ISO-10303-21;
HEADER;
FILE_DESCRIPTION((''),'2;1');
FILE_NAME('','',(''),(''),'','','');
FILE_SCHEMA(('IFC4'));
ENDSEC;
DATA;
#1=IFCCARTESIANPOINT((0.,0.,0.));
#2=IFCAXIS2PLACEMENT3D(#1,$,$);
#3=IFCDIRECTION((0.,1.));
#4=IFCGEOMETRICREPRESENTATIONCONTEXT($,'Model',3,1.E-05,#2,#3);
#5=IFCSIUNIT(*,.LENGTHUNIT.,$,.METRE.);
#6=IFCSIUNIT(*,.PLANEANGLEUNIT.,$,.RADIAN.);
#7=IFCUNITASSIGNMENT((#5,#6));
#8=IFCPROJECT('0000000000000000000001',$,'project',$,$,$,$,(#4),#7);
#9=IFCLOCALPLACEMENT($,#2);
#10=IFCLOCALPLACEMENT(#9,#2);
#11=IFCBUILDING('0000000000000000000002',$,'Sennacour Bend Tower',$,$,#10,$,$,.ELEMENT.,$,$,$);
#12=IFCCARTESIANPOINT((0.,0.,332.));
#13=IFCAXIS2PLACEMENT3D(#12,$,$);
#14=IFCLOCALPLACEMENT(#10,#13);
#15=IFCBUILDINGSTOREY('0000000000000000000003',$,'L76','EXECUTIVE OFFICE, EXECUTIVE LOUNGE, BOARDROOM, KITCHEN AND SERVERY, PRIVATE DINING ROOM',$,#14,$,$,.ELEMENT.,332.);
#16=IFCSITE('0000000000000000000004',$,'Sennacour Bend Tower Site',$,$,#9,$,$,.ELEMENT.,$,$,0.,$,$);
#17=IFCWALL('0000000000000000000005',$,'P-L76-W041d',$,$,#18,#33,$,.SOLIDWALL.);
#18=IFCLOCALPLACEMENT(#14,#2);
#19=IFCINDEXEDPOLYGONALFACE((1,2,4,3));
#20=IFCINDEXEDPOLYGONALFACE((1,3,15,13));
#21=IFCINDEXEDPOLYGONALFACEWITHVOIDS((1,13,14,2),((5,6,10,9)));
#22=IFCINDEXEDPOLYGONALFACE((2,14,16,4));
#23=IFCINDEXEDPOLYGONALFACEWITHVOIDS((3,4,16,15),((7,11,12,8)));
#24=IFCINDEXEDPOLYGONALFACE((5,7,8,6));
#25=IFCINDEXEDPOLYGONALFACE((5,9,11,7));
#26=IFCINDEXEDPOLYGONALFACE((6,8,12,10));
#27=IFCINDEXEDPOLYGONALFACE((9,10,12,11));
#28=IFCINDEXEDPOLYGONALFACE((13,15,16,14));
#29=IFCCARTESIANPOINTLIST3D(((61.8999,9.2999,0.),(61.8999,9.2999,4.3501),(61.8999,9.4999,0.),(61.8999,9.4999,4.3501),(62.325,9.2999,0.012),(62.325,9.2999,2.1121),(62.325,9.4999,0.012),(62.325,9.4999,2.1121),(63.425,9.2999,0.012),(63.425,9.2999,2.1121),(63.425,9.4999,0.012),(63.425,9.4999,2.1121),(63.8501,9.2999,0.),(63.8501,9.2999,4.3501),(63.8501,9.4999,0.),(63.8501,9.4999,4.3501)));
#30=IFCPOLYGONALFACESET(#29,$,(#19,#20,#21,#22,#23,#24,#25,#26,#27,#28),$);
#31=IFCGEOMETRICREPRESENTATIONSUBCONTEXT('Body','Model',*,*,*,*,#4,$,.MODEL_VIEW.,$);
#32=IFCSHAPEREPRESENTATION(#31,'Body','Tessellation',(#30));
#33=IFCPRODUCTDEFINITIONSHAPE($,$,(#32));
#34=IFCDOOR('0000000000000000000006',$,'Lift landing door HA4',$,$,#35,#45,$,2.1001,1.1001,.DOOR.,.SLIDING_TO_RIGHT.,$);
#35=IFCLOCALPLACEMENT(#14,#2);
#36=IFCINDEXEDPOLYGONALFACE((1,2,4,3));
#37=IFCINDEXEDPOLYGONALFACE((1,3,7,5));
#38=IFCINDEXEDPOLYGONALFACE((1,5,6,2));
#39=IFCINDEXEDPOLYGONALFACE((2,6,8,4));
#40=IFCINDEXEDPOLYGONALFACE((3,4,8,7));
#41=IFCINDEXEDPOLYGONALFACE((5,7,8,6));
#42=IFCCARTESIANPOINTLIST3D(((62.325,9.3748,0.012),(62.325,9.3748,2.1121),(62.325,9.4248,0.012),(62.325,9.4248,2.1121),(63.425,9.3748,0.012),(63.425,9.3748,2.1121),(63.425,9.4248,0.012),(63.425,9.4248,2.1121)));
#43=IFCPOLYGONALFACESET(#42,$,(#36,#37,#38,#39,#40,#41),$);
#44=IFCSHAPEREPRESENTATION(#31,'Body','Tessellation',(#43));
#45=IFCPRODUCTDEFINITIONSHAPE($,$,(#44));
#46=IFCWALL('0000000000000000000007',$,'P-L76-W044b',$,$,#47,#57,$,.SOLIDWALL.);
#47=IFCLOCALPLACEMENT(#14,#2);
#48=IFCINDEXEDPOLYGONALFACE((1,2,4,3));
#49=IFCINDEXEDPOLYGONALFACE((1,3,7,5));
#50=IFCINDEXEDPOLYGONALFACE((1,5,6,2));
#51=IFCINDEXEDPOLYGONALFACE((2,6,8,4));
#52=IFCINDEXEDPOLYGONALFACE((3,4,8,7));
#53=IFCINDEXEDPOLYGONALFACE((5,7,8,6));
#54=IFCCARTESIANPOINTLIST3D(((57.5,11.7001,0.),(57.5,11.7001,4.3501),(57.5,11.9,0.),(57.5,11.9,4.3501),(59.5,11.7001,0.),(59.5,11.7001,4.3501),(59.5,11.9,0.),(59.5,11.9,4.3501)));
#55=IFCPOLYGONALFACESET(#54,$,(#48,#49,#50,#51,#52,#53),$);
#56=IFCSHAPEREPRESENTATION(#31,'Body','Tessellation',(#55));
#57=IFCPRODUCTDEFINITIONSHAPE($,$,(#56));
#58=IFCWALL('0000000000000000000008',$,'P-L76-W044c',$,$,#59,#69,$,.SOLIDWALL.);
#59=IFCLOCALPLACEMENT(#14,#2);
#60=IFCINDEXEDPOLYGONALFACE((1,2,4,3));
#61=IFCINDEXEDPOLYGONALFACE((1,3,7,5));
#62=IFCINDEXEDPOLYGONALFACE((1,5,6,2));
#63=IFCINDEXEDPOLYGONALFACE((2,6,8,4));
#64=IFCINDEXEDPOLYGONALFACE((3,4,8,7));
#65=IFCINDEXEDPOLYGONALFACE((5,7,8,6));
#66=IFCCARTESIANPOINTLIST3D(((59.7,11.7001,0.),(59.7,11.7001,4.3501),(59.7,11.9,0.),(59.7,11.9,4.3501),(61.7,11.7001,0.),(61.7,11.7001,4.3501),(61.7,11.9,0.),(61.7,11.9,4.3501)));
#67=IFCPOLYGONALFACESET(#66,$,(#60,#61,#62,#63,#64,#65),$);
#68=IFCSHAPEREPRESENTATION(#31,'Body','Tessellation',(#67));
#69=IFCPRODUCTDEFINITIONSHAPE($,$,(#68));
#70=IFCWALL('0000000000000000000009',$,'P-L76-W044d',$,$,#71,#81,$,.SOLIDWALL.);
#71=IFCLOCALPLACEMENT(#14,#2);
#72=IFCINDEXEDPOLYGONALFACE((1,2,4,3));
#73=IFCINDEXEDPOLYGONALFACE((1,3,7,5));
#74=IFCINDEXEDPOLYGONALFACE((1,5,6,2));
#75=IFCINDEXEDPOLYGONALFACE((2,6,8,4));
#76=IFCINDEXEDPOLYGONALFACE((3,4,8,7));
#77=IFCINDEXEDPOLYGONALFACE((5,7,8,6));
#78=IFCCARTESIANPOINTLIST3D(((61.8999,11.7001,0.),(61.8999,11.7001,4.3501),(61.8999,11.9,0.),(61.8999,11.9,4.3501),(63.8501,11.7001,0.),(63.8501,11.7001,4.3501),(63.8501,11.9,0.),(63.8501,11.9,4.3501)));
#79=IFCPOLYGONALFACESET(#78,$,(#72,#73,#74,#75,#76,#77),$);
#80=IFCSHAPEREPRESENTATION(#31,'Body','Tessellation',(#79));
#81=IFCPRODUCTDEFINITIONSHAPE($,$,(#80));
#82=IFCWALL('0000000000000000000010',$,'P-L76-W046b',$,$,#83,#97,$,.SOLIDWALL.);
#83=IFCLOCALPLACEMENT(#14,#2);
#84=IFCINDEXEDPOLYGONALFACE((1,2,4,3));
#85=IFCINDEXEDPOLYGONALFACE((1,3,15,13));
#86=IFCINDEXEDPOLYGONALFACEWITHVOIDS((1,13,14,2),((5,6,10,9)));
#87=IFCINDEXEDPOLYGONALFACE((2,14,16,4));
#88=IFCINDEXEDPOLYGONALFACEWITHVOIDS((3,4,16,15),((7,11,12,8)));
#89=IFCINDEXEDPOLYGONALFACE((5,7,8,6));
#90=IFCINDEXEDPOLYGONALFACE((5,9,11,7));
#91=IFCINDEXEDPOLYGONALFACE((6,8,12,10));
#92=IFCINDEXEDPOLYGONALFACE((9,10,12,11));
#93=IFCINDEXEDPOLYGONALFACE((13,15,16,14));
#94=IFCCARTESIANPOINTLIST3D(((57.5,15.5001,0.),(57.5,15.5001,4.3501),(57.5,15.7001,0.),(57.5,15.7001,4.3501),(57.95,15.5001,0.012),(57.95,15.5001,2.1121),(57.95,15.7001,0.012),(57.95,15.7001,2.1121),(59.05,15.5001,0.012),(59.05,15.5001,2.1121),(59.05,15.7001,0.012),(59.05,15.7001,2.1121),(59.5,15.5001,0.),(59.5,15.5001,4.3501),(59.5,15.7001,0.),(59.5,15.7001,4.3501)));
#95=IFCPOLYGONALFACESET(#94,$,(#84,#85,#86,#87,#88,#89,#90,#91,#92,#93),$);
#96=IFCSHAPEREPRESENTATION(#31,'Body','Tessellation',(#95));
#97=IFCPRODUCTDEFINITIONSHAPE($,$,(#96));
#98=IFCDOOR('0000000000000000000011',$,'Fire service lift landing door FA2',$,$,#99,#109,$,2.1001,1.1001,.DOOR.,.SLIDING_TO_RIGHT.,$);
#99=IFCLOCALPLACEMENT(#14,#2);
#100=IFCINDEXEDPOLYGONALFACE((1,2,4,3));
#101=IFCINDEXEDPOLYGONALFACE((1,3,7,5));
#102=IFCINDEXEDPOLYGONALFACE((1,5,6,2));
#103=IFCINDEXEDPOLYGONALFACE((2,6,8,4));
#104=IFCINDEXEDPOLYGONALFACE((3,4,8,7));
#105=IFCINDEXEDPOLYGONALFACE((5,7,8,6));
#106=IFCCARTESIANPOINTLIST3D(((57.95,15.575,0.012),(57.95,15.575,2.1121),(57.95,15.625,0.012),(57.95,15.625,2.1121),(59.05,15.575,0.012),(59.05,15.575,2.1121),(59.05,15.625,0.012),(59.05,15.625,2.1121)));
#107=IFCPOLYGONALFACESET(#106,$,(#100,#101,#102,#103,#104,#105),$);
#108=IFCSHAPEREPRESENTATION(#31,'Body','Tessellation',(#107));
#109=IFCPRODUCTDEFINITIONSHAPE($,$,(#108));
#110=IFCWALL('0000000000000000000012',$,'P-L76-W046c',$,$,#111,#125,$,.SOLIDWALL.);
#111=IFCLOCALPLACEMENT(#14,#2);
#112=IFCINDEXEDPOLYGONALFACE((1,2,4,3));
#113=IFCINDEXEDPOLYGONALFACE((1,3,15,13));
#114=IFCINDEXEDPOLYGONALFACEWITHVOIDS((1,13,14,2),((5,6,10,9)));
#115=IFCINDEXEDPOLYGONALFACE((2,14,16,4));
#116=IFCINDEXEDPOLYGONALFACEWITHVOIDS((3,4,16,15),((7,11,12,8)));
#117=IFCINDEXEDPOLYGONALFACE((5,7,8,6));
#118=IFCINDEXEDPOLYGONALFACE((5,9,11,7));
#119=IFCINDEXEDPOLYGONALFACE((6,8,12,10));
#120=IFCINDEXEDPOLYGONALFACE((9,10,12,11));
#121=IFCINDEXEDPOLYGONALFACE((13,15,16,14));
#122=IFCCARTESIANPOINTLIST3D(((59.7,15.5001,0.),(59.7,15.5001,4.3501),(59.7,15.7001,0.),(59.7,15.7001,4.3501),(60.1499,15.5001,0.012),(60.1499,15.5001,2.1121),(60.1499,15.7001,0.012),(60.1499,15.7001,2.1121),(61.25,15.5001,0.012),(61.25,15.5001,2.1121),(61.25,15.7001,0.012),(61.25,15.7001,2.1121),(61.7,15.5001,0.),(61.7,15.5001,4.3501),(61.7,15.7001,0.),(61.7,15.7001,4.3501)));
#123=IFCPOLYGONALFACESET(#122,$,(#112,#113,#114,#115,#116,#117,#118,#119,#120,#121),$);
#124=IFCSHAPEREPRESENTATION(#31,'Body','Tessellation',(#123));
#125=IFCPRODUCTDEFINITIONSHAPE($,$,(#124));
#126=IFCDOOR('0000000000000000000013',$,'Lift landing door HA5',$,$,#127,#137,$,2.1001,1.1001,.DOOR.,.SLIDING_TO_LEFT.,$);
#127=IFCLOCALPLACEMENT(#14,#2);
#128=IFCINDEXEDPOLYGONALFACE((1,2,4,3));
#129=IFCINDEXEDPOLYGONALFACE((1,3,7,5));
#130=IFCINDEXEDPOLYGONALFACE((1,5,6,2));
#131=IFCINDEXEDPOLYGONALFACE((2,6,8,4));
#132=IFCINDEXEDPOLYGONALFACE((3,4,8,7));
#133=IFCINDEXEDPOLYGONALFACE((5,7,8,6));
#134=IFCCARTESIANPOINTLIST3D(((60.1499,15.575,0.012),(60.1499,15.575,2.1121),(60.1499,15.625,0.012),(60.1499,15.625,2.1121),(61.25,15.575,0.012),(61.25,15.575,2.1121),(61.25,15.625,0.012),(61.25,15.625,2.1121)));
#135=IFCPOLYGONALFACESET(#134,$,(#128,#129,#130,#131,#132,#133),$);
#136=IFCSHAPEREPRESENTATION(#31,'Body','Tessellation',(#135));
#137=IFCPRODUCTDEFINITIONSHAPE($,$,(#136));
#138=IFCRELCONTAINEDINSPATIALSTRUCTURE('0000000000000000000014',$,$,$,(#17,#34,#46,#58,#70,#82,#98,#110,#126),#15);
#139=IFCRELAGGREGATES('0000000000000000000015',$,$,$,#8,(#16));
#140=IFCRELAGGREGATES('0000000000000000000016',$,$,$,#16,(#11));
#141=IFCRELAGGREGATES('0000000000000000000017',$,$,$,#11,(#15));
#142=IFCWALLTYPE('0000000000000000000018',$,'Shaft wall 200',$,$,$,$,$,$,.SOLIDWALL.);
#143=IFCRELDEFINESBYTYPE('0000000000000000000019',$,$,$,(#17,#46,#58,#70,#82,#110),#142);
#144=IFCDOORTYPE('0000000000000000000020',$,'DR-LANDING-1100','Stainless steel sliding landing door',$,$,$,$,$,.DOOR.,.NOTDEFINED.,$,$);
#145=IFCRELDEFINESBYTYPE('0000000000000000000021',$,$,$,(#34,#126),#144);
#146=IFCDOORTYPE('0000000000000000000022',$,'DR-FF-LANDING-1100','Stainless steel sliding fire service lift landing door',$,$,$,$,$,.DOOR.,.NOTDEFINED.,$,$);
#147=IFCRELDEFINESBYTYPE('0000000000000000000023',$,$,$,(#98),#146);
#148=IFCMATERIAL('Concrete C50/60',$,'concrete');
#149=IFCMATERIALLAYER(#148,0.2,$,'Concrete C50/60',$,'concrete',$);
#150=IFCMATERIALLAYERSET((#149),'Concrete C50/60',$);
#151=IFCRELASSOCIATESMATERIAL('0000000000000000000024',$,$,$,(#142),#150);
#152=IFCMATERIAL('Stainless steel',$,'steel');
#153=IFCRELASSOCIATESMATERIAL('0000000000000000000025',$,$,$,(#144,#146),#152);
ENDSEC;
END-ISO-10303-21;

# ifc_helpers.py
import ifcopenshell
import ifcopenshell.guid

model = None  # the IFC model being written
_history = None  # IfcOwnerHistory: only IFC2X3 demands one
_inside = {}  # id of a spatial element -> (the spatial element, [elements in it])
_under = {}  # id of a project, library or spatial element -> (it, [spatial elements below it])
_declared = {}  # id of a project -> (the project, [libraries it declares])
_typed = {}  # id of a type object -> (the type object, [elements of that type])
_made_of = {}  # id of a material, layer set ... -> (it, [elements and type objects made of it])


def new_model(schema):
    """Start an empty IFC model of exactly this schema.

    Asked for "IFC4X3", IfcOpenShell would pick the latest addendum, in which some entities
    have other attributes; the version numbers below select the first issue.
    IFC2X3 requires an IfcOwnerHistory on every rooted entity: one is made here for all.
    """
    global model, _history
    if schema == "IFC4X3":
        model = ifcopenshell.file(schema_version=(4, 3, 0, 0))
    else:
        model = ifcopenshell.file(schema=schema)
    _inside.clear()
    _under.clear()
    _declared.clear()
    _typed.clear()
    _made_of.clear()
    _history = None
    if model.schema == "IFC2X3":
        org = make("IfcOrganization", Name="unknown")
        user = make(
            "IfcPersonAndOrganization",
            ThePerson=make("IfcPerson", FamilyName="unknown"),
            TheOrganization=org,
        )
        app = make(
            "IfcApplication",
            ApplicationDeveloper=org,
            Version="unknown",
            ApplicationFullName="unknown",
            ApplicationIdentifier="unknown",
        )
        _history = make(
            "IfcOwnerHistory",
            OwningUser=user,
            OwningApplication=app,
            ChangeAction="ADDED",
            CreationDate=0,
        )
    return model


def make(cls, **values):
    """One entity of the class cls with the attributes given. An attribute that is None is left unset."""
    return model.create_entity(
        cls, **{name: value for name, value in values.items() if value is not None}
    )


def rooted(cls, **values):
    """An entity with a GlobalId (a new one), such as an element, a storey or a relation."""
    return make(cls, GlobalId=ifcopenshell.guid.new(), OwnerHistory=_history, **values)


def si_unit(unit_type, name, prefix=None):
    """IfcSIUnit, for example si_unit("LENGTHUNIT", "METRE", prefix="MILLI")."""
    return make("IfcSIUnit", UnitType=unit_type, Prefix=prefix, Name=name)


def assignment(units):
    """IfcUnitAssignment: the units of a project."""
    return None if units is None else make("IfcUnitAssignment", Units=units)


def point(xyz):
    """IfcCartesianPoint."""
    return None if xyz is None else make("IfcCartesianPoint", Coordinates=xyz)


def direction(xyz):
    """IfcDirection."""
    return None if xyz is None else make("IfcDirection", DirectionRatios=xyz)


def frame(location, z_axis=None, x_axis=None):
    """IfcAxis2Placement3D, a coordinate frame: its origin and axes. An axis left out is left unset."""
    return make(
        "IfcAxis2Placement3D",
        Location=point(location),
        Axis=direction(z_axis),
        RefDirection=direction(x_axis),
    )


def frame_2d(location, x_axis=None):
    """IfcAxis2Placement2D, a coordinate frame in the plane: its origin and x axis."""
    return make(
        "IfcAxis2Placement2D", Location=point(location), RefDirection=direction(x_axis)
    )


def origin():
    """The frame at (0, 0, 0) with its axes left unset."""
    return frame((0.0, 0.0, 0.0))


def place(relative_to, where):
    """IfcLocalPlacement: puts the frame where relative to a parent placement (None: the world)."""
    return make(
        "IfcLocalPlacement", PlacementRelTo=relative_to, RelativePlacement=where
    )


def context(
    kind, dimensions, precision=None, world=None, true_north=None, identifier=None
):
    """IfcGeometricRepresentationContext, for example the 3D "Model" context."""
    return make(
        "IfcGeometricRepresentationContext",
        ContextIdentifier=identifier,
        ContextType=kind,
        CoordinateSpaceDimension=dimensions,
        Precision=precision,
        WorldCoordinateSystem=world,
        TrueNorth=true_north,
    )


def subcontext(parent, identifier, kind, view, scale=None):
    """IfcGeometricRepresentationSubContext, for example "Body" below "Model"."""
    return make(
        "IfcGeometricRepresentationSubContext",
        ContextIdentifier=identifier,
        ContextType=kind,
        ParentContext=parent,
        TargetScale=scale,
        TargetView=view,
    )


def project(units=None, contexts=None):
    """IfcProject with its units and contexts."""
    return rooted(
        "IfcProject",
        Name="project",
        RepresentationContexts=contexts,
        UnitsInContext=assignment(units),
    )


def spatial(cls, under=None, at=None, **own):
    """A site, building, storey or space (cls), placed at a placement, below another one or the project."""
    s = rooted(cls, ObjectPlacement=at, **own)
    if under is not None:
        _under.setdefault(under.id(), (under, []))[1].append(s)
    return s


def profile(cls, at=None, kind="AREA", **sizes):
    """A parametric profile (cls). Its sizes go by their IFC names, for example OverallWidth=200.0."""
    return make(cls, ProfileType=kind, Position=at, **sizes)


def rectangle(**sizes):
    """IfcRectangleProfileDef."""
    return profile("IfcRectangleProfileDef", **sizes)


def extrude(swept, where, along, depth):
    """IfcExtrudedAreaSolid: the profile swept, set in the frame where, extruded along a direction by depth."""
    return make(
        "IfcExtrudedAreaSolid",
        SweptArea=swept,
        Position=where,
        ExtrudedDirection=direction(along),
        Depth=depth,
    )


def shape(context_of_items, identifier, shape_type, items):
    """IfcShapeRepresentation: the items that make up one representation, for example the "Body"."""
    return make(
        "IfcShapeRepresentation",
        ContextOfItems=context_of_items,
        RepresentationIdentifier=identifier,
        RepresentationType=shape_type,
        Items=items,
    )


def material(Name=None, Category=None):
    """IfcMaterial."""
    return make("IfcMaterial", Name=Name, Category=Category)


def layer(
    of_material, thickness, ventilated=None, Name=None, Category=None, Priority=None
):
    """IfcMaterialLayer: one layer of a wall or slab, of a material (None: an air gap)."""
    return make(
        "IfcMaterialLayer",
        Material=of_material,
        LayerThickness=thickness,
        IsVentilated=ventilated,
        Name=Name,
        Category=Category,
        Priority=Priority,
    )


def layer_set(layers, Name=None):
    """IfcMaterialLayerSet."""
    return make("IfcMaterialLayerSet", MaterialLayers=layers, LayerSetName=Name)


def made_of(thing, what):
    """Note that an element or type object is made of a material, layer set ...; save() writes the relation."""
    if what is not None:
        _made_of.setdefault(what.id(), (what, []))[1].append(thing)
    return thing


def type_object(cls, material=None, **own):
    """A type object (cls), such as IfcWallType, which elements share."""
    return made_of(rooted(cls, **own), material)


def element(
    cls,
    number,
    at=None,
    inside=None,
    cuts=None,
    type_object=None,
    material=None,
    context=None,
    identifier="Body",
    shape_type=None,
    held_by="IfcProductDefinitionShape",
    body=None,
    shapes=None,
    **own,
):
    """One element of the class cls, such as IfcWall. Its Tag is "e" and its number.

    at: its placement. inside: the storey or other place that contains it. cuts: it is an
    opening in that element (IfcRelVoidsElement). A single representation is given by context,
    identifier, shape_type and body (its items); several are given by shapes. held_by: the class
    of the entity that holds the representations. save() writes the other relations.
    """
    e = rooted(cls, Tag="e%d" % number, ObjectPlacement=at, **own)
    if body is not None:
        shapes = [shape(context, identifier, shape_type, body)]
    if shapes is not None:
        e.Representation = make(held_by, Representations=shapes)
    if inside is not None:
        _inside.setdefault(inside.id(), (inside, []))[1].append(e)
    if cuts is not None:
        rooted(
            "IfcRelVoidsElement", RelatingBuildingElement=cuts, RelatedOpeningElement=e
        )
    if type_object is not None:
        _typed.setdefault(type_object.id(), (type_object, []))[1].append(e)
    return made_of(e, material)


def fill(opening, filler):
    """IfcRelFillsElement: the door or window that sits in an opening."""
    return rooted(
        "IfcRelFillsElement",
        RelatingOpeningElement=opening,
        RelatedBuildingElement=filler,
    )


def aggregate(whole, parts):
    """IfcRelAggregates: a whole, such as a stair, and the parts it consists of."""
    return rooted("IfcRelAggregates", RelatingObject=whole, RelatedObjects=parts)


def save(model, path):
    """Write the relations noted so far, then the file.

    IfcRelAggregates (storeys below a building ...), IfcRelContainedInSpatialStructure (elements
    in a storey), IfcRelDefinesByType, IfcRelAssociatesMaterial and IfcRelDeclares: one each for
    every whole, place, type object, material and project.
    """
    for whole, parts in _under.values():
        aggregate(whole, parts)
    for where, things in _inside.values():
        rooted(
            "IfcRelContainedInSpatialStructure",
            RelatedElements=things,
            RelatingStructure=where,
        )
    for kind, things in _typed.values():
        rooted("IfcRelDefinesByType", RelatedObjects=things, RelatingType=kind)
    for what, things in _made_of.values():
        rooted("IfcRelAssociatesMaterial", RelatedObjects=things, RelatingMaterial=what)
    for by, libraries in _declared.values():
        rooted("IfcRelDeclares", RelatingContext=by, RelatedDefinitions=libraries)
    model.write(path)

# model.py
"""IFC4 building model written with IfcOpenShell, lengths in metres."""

from ifc_helpers import new_model, si_unit, direction, frame, frame_2d, origin, place, context, subcontext, project, spatial, rectangle, extrude, material, layer, layer_set, type_object, element, fill, save


model = new_model("IFC4")

# Units and contexts
model_context = context("Model", 3, precision=1e-05, world=origin(), true_north=direction((0.0, 1.0)))
body_context = subcontext(model_context, "Body", "Model", "MODEL_VIEW")
ifc_project = project(units=[si_unit("LENGTHUNIT", "METRE"), si_unit("PLANEANGLEUNIT", "RADIAN")], contexts=[model_context])

# Site, building, storey
site_placement = place(None, origin())
site = spatial("IfcSite", under=ifc_project, at=site_placement, Name="Sennacour Bend Tower Site", CompositionType="ELEMENT", RefElevation=0.0)
building_placement = place(site_placement, origin())
building = spatial("IfcBuilding", under=site, at=building_placement, Name="Sennacour Bend Tower", CompositionType="ELEMENT")
storey_placement = place(building_placement, frame((0.0, 0.0, 332.0)))
storey = spatial("IfcBuildingStorey", under=building, at=storey_placement, Name="L76", Description="EXECUTIVE OFFICE, EXECUTIVE LOUNGE, BOARDROOM, KITCHEN AND SERVERY, PRIVATE DINING ROOM", CompositionType="ELEMENT", Elevation=332.0)

# Shared definitions
ifc_material_1 = material(Name="Concrete C50/60", Category="concrete")
ifc_layer_1 = layer(ifc_material_1, 0.2, Name="Concrete C50/60", Category="concrete")
ifc_layer_set_1 = layer_set([ifc_layer_1], Name="Concrete C50/60")
wall_type_1 = type_object("IfcWallType", Name="Shaft wall 200", PredefinedType="SOLIDWALL", material=ifc_layer_set_1)

# Wall, opening, door
wall_1_placement = place(storey_placement, frame((61.8999, 9.3999, 0.0), z_axis=(0.0, 0.0, 1.0), x_axis=(1.0, 0.0, 0.0)))
wall_1 = element("IfcWall", 1, at=wall_1_placement, inside=storey, type_object=wall_type_1, Name="P-L76-W041d", PredefinedType="SOLIDWALL", context=body_context, shape_type="SweptSolid", body=[
    extrude(rectangle(XDim=1.9502, YDim=0.2, at=frame_2d((0.9751, 0.0))), origin(), (0.0, 0.0, 1.0), 4.3501),
])
opening_1_placement = place(wall_1_placement, frame((0.425, 0.0, 0.012)))
opening_1 = element("IfcOpeningElement", 2, at=opening_1_placement, cuts=wall_1, PredefinedType="OPENING", context=body_context, shape_type="SweptSolid", body=[
    extrude(rectangle(XDim=1.1001, YDim=2.1001, at=frame_2d((0.55, 1.05))), frame((0.0, 0.1099, 0.0), z_axis=(0.0, -1.0, 0.0), x_axis=(1.0, 0.0, 0.0)), (0.0, 0.0, 1.0), 0.22),
])
ifc_material_2 = material(Name="Stainless steel", Category="steel")
door_type_1 = type_object("IfcDoorType", Name="DR-LANDING-1100", Description="Stainless steel sliding landing door", OperationType="NOTDEFINED", PredefinedType="DOOR", material=ifc_material_2)
door_1_placement = place(opening_1_placement, origin())
door_1 = element("IfcDoor", 3, at=door_1_placement, inside=storey, type_object=door_type_1, Name="Lift landing door HA4", OperationType="SLIDING_TO_RIGHT", OverallHeight=2.1001, OverallWidth=1.1001, PredefinedType="DOOR", context=body_context, shape_type="SweptSolid", body=[
    extrude(rectangle(XDim=1.1001, YDim=2.1001, at=frame_2d((0.55, 1.05))), frame((0.0, 0.0249, 0.0), z_axis=(0.0, -1.0, 0.0), x_axis=(1.0, 0.0, 0.0)), (0.0, 0.0, 1.0), 0.05),
])
fill(opening_1, door_1)

# Walls
for number, where, z_axis, x_axis, name in (
    (4, (57.5, 11.8, 0.0), (0.0, 0.0, 1.0), (1.0, 0.0, 0.0), "P-L76-W044b"),
    (5, (59.7, 11.8, 0.0), (0.0, 0.0, 1.0), (1.0, 0.0, 0.0), "P-L76-W044c"),
):
    element("IfcWall", number, at=place(storey_placement, frame(where, z_axis=z_axis, x_axis=x_axis)), inside=storey, type_object=wall_type_1, Name=name, PredefinedType="SOLIDWALL", context=body_context, shape_type="SweptSolid", body=[
        extrude(rectangle(XDim=2.0, YDim=0.2, at=frame_2d((1.0, 0.0))), origin(), (0.0, 0.0, 1.0), 4.3501),
    ])
wall_2_placement = place(storey_placement, frame((61.8999, 11.8, 0.0), z_axis=(0.0, 0.0, 1.0), x_axis=(1.0, 0.0, 0.0)))
element("IfcWall", 6, at=wall_2_placement, inside=storey, type_object=wall_type_1, Name="P-L76-W044d", PredefinedType="SOLIDWALL", context=body_context, shape_type="SweptSolid", body=[
    extrude(rectangle(XDim=1.9502, YDim=0.2, at=frame_2d((0.9751, 0.0))), origin(), (0.0, 0.0, 1.0), 4.3501),
])

# Walls, openings, doors
wall_3_placement = place(storey_placement, frame((57.5, 15.6001, 0.0), z_axis=(0.0, 0.0, 1.0), x_axis=(1.0, 0.0, 0.0)))
wall_3 = element("IfcWall", 7, at=wall_3_placement, inside=storey, type_object=wall_type_1, Name="P-L76-W046b", PredefinedType="SOLIDWALL", context=body_context, shape_type="SweptSolid", body=[
    extrude(rectangle(XDim=2.0, YDim=0.2, at=frame_2d((1.0, 0.0))), origin(), (0.0, 0.0, 1.0), 4.3501),
])
opening_2_placement = place(wall_3_placement, frame((0.45, 0.0, 0.012)))
opening_2 = element("IfcOpeningElement", 8, at=opening_2_placement, cuts=wall_3, PredefinedType="OPENING", context=body_context, shape_type="SweptSolid", body=[
    extrude(rectangle(XDim=1.1001, YDim=2.1001, at=frame_2d((0.55, 1.05))), frame((0.0, 0.1099, 0.0), z_axis=(0.0, -1.0, 0.0), x_axis=(1.0, 0.0, 0.0)), (0.0, 0.0, 1.0), 0.22),
])
door_type_2 = type_object("IfcDoorType", Name="DR-FF-LANDING-1100", Description="Stainless steel sliding fire service lift landing door", OperationType="NOTDEFINED", PredefinedType="DOOR", material=ifc_material_2)
door_2_placement = place(opening_2_placement, origin())
door_2 = element("IfcDoor", 9, at=door_2_placement, inside=storey, type_object=door_type_2, Name="Fire service lift landing door FA2", OperationType="SLIDING_TO_RIGHT", OverallHeight=2.1001, OverallWidth=1.1001, PredefinedType="DOOR", context=body_context, shape_type="SweptSolid", body=[
    extrude(rectangle(XDim=1.1001, YDim=2.1001, at=frame_2d((0.55, 1.05))), frame((0.0, 0.0249, 0.0), z_axis=(0.0, -1.0, 0.0), x_axis=(1.0, 0.0, 0.0)), (0.0, 0.0, 1.0), 0.05),
])
fill(opening_2, door_2)
wall_4_placement = place(storey_placement, frame((59.7, 15.6001, 0.0), z_axis=(0.0, 0.0, 1.0), x_axis=(1.0, 0.0, 0.0)))
wall_4 = element("IfcWall", 10, at=wall_4_placement, inside=storey, type_object=wall_type_1, Name="P-L76-W046c", PredefinedType="SOLIDWALL", context=body_context, shape_type="SweptSolid", body=[
    extrude(rectangle(XDim=2.0, YDim=0.2, at=frame_2d((1.0, 0.0))), origin(), (0.0, 0.0, 1.0), 4.3501),
])
opening_3_placement = place(wall_4_placement, frame((0.45, 0.0, 0.012)))
opening_3 = element("IfcOpeningElement", 11, at=opening_3_placement, cuts=wall_4, PredefinedType="OPENING", context=body_context, shape_type="SweptSolid", body=[
    extrude(rectangle(XDim=1.1001, YDim=2.1001, at=frame_2d((0.55, 1.05))), frame((0.0, 0.1099, 0.0), z_axis=(0.0, -1.0, 0.0), x_axis=(1.0, 0.0, 0.0)), (0.0, 0.0, 1.0), 0.22),
])
door_3_placement = place(opening_3_placement, origin())
door_3 = element("IfcDoor", 12, at=door_3_placement, inside=storey, type_object=door_type_1, Name="Lift landing door HA5", OperationType="SLIDING_TO_LEFT", OverallHeight=2.1001, OverallWidth=1.1001, PredefinedType="DOOR", context=body_context, shape_type="SweptSolid", body=[
    extrude(rectangle(XDim=1.1001, YDim=2.1001, at=frame_2d((0.55, 1.05))), frame((0.0, 0.0249, 0.0), z_axis=(0.0, -1.0, 0.0), x_axis=(1.0, 0.0, 0.0)), (0.0, 0.0, 1.0), 0.05),
])
fill(opening_3, door_3)

save(model, "model.ifc")
